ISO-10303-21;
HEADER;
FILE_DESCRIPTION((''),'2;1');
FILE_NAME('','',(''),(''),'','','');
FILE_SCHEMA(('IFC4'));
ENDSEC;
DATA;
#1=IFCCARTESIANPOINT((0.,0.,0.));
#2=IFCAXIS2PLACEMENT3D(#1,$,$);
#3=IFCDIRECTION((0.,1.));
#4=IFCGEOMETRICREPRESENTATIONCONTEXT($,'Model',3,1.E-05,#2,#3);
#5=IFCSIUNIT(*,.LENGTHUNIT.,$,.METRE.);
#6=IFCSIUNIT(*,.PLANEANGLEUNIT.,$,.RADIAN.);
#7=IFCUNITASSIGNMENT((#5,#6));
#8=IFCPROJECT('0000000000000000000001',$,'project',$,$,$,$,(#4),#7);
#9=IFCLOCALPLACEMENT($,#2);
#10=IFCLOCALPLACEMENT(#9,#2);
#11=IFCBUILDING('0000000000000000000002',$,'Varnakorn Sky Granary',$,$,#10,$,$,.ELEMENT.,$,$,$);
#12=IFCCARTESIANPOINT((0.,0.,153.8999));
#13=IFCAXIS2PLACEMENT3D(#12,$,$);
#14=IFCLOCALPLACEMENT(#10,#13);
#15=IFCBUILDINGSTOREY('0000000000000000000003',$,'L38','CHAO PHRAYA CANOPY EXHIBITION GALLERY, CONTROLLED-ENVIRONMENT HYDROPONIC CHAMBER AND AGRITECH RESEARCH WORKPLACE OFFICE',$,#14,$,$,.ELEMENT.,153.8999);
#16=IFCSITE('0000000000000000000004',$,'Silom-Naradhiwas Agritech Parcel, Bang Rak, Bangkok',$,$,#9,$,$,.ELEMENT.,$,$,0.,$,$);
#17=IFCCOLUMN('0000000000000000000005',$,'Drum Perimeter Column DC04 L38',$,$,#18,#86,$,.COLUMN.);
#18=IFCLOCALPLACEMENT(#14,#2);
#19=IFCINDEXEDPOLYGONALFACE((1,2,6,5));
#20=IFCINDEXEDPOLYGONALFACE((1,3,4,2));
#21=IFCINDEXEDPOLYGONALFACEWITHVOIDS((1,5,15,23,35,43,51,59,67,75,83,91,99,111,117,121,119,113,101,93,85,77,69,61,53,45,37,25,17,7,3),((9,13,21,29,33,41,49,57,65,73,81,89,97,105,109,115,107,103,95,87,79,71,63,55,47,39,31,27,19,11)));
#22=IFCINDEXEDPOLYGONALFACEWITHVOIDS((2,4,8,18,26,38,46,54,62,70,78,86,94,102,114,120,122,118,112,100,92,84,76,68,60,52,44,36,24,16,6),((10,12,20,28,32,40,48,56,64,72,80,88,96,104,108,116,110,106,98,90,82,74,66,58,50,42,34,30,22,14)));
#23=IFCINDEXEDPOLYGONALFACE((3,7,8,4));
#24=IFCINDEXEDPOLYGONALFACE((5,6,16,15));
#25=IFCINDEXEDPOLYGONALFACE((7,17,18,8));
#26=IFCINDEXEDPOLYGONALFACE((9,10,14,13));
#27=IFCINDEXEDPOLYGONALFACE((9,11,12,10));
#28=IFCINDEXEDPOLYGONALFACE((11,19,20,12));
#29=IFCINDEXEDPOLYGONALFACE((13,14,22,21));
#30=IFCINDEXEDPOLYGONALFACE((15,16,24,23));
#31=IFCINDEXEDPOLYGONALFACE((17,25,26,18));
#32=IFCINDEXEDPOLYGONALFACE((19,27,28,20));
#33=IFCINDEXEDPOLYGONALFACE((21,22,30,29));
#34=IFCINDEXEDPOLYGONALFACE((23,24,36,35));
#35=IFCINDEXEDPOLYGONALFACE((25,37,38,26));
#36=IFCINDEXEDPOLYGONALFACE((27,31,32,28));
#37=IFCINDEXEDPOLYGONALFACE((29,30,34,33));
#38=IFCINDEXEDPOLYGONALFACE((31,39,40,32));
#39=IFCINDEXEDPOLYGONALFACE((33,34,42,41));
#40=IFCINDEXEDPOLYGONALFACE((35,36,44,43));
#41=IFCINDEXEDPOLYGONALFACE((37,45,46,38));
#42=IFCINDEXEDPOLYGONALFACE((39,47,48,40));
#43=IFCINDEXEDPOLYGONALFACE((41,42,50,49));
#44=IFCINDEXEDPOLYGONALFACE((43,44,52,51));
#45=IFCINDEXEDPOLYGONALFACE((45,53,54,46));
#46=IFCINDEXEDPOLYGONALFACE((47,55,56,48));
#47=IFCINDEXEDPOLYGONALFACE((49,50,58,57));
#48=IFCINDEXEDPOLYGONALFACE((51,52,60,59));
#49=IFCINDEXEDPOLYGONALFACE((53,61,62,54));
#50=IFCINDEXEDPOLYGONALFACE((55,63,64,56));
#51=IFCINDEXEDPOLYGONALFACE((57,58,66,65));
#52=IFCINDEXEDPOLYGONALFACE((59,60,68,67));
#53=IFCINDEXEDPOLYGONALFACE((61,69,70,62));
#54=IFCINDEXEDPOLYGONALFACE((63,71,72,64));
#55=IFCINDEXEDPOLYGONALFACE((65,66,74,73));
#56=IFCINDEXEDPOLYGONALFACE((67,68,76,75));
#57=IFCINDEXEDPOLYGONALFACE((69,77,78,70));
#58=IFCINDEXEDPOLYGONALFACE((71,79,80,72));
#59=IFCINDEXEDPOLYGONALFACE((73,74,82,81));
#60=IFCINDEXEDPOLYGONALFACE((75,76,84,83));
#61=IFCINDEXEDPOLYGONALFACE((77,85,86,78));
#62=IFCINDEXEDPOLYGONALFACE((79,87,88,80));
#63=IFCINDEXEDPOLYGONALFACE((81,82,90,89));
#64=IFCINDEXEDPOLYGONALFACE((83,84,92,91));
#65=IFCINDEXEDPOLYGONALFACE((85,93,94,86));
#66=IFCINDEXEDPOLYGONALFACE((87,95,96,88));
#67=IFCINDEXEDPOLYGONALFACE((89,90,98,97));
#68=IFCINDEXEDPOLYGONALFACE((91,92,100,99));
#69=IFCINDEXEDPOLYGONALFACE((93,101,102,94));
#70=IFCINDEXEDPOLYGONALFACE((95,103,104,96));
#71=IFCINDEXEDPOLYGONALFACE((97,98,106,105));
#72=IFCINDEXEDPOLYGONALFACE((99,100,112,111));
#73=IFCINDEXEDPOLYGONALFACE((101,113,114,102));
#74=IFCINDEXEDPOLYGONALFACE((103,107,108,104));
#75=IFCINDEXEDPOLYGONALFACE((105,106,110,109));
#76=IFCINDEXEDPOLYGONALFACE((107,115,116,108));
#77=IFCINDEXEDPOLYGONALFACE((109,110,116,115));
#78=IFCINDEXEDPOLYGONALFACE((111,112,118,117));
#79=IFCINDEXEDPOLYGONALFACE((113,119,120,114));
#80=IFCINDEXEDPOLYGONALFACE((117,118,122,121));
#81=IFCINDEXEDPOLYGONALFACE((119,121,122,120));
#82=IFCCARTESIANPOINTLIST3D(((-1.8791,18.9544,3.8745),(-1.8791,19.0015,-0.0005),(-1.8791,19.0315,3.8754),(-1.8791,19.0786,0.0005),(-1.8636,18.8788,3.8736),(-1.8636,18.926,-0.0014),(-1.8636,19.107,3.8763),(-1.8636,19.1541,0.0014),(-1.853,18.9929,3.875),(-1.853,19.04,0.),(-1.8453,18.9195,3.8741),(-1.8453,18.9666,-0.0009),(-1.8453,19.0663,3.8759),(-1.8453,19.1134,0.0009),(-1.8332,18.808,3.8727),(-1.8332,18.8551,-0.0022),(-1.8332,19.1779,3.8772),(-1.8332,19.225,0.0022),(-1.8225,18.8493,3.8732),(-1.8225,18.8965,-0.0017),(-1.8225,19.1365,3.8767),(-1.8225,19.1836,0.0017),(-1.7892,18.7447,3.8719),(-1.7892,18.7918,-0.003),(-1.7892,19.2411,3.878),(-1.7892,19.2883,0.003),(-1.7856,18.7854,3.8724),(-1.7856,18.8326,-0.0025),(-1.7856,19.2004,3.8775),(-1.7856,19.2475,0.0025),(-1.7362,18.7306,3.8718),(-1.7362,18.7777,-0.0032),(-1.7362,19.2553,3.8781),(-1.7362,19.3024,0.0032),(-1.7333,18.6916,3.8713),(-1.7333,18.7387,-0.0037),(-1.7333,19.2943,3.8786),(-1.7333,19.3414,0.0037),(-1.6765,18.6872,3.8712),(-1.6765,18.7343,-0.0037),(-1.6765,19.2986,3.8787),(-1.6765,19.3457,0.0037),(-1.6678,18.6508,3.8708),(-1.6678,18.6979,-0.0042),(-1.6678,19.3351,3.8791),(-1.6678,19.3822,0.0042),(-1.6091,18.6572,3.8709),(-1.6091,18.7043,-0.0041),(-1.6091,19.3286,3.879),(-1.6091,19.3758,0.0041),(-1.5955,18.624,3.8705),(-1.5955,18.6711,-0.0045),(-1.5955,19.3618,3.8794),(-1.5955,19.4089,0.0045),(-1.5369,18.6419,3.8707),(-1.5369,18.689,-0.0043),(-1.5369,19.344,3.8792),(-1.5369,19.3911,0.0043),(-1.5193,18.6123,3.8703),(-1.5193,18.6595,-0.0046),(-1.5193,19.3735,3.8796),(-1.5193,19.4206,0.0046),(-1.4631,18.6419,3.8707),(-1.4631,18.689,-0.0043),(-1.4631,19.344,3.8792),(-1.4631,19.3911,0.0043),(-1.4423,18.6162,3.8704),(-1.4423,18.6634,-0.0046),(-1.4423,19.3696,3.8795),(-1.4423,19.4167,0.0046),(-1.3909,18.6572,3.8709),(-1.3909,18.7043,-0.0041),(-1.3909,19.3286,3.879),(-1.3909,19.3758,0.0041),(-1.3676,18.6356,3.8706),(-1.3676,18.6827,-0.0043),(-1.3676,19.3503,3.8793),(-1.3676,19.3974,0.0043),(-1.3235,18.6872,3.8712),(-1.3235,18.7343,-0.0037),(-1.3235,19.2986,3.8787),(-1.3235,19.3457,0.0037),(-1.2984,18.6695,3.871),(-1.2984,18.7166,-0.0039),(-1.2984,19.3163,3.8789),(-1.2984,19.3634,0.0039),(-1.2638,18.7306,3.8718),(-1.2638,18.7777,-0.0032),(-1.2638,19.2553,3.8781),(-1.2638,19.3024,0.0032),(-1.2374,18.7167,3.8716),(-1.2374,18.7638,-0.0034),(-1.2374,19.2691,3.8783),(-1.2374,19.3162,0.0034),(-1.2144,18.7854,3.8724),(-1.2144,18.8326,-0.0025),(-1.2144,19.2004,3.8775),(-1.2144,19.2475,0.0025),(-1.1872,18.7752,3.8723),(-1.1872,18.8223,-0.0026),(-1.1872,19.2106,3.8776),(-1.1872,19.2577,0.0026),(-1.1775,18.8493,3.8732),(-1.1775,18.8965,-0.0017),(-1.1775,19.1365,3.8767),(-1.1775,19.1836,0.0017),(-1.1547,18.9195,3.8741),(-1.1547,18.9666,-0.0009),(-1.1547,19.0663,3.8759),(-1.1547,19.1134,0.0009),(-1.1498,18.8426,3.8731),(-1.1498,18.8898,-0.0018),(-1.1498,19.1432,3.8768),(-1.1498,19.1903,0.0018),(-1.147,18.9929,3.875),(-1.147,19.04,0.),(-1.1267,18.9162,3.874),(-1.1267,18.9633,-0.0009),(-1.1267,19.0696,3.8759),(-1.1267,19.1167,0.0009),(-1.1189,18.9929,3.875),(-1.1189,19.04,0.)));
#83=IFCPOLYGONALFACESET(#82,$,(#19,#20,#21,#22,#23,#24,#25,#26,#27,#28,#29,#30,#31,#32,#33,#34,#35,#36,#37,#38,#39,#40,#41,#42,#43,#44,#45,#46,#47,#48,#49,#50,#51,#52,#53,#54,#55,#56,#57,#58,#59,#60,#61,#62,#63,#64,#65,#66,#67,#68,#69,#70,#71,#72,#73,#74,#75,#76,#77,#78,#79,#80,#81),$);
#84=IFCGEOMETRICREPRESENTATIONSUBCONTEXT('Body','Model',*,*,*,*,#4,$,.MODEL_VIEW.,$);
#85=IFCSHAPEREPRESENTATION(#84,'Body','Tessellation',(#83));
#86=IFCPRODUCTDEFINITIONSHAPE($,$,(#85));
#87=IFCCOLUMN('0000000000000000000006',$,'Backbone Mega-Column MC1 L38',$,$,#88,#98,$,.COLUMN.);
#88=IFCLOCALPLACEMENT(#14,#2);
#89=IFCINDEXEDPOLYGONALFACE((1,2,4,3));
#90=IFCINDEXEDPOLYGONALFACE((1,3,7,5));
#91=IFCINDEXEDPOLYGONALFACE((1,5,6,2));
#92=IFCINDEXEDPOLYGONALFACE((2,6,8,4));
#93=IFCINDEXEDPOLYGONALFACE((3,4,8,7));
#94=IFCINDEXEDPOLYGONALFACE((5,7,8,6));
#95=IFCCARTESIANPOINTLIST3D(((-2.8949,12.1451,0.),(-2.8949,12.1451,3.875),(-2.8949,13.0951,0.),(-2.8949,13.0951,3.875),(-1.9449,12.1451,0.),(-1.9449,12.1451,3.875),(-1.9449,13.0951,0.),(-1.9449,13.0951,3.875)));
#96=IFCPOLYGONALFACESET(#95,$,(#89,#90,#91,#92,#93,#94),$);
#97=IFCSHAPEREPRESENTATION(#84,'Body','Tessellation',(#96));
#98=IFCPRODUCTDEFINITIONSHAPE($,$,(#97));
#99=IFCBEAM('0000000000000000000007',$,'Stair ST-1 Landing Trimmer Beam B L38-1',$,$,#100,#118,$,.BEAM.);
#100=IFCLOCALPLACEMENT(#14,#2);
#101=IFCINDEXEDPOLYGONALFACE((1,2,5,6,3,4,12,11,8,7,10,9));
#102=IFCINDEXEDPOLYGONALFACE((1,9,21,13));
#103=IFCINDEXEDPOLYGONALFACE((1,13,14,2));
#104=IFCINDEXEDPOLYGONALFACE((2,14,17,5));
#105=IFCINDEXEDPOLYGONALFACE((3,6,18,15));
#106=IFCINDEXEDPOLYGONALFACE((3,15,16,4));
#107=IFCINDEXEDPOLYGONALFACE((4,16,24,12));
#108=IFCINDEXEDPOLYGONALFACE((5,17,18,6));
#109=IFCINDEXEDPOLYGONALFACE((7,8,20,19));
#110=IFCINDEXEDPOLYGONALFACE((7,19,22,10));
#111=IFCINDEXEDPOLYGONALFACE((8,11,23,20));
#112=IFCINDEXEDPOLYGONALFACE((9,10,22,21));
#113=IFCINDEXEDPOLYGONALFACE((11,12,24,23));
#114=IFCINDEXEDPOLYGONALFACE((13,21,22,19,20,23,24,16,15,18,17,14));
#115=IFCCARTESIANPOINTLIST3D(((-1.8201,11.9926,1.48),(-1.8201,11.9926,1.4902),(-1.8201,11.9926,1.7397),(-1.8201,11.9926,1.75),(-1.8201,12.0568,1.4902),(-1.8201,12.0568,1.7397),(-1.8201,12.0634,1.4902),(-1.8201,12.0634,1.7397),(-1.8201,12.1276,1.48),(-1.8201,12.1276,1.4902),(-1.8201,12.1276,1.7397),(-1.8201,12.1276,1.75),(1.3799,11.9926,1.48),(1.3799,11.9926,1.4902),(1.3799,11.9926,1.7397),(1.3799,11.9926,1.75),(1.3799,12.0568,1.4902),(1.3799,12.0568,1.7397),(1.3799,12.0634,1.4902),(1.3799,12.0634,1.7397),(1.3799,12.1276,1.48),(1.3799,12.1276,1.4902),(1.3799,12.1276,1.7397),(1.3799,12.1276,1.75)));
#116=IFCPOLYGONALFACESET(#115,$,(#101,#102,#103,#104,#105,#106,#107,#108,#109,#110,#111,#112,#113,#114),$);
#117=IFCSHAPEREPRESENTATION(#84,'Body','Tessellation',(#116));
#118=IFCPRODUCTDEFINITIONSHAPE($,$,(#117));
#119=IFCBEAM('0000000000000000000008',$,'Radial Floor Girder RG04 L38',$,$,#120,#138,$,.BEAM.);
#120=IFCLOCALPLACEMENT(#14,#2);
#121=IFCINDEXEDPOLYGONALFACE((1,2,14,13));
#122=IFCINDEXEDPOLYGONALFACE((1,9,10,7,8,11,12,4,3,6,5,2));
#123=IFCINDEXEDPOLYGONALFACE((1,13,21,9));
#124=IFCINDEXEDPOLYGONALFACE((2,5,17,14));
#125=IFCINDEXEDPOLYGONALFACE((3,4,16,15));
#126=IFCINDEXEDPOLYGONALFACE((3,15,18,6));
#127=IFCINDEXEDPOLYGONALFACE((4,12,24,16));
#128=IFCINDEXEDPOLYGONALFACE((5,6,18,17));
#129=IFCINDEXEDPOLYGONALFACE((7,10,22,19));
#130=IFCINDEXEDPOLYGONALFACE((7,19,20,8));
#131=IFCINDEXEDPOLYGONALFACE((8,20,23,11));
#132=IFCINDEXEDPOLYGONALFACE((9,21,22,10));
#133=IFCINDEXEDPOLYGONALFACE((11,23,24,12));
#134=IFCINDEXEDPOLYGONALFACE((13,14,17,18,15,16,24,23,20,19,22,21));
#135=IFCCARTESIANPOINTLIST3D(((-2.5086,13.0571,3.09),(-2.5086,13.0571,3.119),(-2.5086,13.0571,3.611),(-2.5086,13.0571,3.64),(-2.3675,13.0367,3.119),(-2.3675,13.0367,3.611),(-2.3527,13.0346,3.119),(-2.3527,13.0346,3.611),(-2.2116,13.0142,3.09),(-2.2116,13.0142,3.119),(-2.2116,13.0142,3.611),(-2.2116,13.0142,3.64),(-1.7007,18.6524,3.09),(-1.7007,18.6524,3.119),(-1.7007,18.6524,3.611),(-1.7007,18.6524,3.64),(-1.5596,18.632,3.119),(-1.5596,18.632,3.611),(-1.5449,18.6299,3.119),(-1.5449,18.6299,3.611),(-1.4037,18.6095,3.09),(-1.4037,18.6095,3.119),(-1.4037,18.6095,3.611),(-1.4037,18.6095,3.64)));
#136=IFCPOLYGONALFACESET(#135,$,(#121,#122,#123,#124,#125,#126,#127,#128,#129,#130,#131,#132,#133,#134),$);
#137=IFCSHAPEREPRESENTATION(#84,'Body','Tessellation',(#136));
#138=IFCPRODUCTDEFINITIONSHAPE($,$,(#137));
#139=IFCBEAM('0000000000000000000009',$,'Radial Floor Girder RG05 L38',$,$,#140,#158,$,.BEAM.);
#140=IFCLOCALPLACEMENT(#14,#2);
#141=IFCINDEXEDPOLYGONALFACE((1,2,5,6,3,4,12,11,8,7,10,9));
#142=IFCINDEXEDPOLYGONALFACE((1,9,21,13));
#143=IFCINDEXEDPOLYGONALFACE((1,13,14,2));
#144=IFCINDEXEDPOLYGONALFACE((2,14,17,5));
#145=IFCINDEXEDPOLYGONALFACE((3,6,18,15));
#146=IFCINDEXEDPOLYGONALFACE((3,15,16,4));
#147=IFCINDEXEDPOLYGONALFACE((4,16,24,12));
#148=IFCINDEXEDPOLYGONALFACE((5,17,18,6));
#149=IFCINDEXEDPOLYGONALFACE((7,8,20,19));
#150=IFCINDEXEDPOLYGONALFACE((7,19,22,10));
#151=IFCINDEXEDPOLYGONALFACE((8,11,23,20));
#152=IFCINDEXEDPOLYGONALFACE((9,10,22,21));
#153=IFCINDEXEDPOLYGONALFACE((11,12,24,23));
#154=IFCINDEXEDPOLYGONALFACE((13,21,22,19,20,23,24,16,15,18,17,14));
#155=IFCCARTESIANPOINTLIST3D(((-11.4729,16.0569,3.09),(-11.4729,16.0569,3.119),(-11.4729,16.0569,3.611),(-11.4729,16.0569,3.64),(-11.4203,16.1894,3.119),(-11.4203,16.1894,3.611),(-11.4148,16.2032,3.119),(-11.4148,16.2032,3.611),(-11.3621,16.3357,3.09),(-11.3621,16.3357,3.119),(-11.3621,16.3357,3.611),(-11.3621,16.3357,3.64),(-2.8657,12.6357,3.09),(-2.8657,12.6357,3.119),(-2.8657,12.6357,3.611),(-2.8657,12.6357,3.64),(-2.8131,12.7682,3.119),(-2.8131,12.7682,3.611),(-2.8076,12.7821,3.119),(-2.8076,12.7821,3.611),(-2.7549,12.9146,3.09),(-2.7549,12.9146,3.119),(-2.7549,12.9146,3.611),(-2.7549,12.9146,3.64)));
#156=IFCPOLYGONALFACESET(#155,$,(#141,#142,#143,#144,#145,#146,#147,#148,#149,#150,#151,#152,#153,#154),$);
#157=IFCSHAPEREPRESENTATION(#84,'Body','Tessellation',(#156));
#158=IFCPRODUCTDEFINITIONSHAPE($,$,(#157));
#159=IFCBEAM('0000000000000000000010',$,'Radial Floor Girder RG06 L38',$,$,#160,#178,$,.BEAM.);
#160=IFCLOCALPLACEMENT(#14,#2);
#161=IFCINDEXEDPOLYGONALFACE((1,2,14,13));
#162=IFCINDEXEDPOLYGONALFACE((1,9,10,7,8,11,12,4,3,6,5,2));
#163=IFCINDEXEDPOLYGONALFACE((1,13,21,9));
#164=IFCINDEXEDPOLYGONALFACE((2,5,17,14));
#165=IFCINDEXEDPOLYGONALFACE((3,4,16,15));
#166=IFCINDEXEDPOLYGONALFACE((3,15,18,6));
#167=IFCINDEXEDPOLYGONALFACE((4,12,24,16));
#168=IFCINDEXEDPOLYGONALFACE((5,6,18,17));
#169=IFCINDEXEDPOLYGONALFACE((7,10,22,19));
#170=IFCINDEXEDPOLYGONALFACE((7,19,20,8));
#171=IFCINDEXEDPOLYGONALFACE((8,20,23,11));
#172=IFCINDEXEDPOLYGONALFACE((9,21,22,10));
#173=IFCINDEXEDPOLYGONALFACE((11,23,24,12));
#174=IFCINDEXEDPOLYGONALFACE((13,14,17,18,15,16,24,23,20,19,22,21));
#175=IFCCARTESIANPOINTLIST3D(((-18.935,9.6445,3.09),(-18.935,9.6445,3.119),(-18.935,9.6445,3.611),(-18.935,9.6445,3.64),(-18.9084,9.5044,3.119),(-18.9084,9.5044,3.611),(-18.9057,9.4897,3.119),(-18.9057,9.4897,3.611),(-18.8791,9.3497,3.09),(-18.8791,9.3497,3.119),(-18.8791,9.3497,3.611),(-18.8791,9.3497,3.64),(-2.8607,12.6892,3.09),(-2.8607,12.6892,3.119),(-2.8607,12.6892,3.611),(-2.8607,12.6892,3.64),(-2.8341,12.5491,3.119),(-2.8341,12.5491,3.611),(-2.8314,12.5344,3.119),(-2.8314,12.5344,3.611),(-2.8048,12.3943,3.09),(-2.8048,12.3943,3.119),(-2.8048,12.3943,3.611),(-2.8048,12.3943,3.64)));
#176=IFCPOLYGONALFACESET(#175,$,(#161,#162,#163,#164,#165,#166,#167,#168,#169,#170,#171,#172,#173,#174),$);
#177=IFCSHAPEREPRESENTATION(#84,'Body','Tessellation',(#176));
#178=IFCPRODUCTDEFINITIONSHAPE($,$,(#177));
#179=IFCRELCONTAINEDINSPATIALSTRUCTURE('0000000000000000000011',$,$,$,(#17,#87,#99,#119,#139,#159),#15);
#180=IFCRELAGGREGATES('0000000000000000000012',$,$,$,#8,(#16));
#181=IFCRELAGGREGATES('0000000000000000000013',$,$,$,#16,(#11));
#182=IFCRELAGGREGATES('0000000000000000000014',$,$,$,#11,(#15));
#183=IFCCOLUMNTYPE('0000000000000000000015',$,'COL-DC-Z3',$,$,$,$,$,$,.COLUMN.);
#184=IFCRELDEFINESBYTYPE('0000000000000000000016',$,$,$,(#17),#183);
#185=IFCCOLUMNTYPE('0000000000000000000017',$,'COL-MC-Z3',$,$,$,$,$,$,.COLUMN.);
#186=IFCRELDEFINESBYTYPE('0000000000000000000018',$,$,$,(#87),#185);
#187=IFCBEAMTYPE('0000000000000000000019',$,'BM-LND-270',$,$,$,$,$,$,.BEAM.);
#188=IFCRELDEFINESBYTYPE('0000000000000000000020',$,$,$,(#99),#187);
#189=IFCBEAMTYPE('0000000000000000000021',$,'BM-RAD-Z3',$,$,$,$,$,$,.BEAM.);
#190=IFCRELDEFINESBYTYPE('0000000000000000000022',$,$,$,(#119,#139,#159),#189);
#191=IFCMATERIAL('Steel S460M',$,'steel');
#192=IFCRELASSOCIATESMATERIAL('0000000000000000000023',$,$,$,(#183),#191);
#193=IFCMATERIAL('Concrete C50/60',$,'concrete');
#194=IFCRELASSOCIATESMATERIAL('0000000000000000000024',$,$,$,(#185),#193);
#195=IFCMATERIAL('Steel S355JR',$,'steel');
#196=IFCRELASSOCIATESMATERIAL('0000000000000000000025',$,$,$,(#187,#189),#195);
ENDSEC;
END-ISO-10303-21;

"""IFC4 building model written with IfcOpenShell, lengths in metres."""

from ifc_helpers import new_model, si_unit, direction, frame, origin, origin_2d, place, context, subcontext, project, spatial, rectangle, hollow_circle, i_section, extrude, material, material_profile, profile_set, type_object, element, save


model = new_model("IFC4")

# Units and contexts
model_context = context("Model", 3, precision=1e-05, world=origin(), true_north=direction((0.0, 1.0)))
body_context = subcontext(model_context, "Body", "Model", "MODEL_VIEW")
ifc_project = project(units=[si_unit("LENGTHUNIT", "METRE"), si_unit("PLANEANGLEUNIT", "RADIAN")], contexts=[model_context])

# Site, building, storey
site_placement = place(None, origin())
site = spatial("IfcSite", under=ifc_project, at=site_placement, Name="Silom-Naradhiwas Agritech Parcel, Bang Rak, Bangkok", CompositionType="ELEMENT", RefElevation=0.0)
building_placement = place(site_placement, origin())
building = spatial("IfcBuilding", under=site, at=building_placement, Name="Varnakorn Sky Granary", CompositionType="ELEMENT")
storey_placement = place(building_placement, frame((0.0, 0.0, 153.8999)))
storey = spatial("IfcBuildingStorey", under=building, at=storey_placement, Name="L38", Description="CHAO PHRAYA CANOPY EXHIBITION GALLERY, CONTROLLED-ENVIRONMENT HYDROPONIC CHAMBER AND AGRITECH RESEARCH WORKPLACE OFFICE", CompositionType="ELEMENT", Elevation=153.8999)

# Columns
ifc_material_1 = material(Name="Steel S460M", Category="steel")
ifc_material_profile_1 = material_profile(ifc_material_1, hollow_circle(Radius=0.3811, WallThickness=0.0281, at=origin_2d()), Name="CHS 762x28")
ifc_profile_set_1 = profile_set([ifc_material_profile_1], Name="Steel S460M")
column_type_1 = type_object("IfcColumnType", Name="COL-DC-Z3", PredefinedType="COLUMN", material=ifc_profile_set_1)
column_1_placement = place(storey_placement, frame((-1.5, 19.04, 0.0), z_axis=(0.0, -0.012159, 0.999926), x_axis=(1.0, 0.0, 0.0)))
element("IfcColumn", 1, at=column_1_placement, inside=storey, type_object=column_type_1, Name="Drum Perimeter Column DC04 L38", PredefinedType="COLUMN", context=body_context, shape_type="SweptSolid", body=[
    extrude(hollow_circle(Radius=0.3811, WallThickness=0.0281, at=origin_2d()), origin(), (0.0, 0.0, 1.0), 3.8752),
])
ifc_material_2 = material(Name="Concrete C50/60", Category="concrete")
ifc_material_profile_2 = material_profile(ifc_material_2, rectangle(XDim=0.95, YDim=0.95, at=origin_2d()), Name="RC 950x950")
ifc_profile_set_2 = profile_set([ifc_material_profile_2], Name="Concrete C50/60")
column_type_2 = type_object("IfcColumnType", Name="COL-MC-Z3", PredefinedType="COLUMN", material=ifc_profile_set_2)
column_2_placement = place(storey_placement, frame((-2.4199, 12.6201, 0.0), z_axis=(0.0, 0.0, 1.0), x_axis=(1.0, 0.0, 0.0)))
element("IfcColumn", 2, at=column_2_placement, inside=storey, type_object=column_type_2, Name="Backbone Mega-Column MC1 L38", PredefinedType="COLUMN", context=body_context, shape_type="SweptSolid", body=[
    extrude(rectangle(XDim=0.95, YDim=0.95, at=origin_2d()), origin(), (0.0, 0.0, 1.0), 3.875),
])

# Beams
ifc_material_3 = material(Name="Steel S355JR", Category="steel")
ifc_material_profile_3 = material_profile(ifc_material_3, i_section(OverallWidth=0.135, OverallDepth=0.27, WebThickness=0.0066, FlangeThickness=0.0103, at=origin_2d()), Name="IPE 270")
ifc_profile_set_3 = profile_set([ifc_material_profile_3], Name="Steel S355JR")
beam_type_1 = type_object("IfcBeamType", Name="BM-LND-270", PredefinedType="BEAM", material=ifc_profile_set_3)
beam_1_placement = place(storey_placement, frame((-1.8201, 12.0601, 1.615), z_axis=(1.0, 0.0, 0.0), x_axis=(0.0, 1.0, 0.0)))
element("IfcBeam", 3, at=beam_1_placement, inside=storey, type_object=beam_type_1, Name="Stair ST-1 Landing Trimmer Beam B L38-1", PredefinedType="BEAM", context=body_context, shape_type="SweptSolid", body=[
    extrude(i_section(OverallWidth=0.135, OverallDepth=0.27, WebThickness=0.0066, FlangeThickness=0.0103, at=origin_2d()), origin(), (0.0, 0.0, 1.0), 3.2),
])
ifc_material_profile_4 = material_profile(ifc_material_3, i_section(OverallWidth=0.3, OverallDepth=0.55, WebThickness=0.0149, FlangeThickness=0.0291, at=origin_2d()), Name="HE 550 B")
ifc_profile_set_4 = profile_set([ifc_material_profile_4], Name="Steel S355JR")
beam_type_2 = type_object("IfcBeamType", Name="BM-RAD-Z3", PredefinedType="BEAM", material=ifc_profile_set_4)
beam_2_placement = place(storey_placement, frame((-2.3601, 13.0356, 3.365), z_axis=(0.142902, 0.989737, 0.0), x_axis=(-0.989737, 0.142902, 0.0)))
element("IfcBeam", 4, at=beam_2_placement, inside=storey, type_object=beam_type_2, Name="Radial Floor Girder RG04 L38", PredefinedType="BEAM", context=body_context, shape_type="SweptSolid", body=[
    extrude(i_section(OverallWidth=0.3, OverallDepth=0.55, WebThickness=0.0149, FlangeThickness=0.0291, at=origin_2d()), origin(), (0.0, 0.0, 1.0), 5.6533),
])
beam_3_placement = place(storey_placement, frame((-2.8103, 12.7751, 3.365), z_axis=(-0.929283, 0.369367, 0.0), x_axis=(-0.369367, -0.929283, 0.0)))
element("IfcBeam", 5, at=beam_3_placement, inside=storey, type_object=beam_type_2, Name="Radial Floor Girder RG05 L38", PredefinedType="BEAM", context=body_context, shape_type="SweptSolid", body=[
    extrude(i_section(OverallWidth=0.3, OverallDepth=0.55, WebThickness=0.0149, FlangeThickness=0.0291, at=origin_2d()), origin(), (0.0, 0.0, 1.0), 9.2622),
])
beam_4_placement = place(storey_placement, frame((-2.8328, 12.5417, 3.365), z_axis=(-0.98253, -0.186105, 0.0), x_axis=(0.186105, -0.98253, 0.0)))
element("IfcBeam", 6, at=beam_4_placement, inside=storey, type_object=beam_type_2, Name="Radial Floor Girder RG06 L38", PredefinedType="BEAM", context=body_context, shape_type="SweptSolid", body=[
    extrude(i_section(OverallWidth=0.3, OverallDepth=0.55, WebThickness=0.0149, FlangeThickness=0.0291, at=origin_2d()), origin(), (0.0, 0.0, 1.0), 16.3601),
])

save(model, "model.ifc")
